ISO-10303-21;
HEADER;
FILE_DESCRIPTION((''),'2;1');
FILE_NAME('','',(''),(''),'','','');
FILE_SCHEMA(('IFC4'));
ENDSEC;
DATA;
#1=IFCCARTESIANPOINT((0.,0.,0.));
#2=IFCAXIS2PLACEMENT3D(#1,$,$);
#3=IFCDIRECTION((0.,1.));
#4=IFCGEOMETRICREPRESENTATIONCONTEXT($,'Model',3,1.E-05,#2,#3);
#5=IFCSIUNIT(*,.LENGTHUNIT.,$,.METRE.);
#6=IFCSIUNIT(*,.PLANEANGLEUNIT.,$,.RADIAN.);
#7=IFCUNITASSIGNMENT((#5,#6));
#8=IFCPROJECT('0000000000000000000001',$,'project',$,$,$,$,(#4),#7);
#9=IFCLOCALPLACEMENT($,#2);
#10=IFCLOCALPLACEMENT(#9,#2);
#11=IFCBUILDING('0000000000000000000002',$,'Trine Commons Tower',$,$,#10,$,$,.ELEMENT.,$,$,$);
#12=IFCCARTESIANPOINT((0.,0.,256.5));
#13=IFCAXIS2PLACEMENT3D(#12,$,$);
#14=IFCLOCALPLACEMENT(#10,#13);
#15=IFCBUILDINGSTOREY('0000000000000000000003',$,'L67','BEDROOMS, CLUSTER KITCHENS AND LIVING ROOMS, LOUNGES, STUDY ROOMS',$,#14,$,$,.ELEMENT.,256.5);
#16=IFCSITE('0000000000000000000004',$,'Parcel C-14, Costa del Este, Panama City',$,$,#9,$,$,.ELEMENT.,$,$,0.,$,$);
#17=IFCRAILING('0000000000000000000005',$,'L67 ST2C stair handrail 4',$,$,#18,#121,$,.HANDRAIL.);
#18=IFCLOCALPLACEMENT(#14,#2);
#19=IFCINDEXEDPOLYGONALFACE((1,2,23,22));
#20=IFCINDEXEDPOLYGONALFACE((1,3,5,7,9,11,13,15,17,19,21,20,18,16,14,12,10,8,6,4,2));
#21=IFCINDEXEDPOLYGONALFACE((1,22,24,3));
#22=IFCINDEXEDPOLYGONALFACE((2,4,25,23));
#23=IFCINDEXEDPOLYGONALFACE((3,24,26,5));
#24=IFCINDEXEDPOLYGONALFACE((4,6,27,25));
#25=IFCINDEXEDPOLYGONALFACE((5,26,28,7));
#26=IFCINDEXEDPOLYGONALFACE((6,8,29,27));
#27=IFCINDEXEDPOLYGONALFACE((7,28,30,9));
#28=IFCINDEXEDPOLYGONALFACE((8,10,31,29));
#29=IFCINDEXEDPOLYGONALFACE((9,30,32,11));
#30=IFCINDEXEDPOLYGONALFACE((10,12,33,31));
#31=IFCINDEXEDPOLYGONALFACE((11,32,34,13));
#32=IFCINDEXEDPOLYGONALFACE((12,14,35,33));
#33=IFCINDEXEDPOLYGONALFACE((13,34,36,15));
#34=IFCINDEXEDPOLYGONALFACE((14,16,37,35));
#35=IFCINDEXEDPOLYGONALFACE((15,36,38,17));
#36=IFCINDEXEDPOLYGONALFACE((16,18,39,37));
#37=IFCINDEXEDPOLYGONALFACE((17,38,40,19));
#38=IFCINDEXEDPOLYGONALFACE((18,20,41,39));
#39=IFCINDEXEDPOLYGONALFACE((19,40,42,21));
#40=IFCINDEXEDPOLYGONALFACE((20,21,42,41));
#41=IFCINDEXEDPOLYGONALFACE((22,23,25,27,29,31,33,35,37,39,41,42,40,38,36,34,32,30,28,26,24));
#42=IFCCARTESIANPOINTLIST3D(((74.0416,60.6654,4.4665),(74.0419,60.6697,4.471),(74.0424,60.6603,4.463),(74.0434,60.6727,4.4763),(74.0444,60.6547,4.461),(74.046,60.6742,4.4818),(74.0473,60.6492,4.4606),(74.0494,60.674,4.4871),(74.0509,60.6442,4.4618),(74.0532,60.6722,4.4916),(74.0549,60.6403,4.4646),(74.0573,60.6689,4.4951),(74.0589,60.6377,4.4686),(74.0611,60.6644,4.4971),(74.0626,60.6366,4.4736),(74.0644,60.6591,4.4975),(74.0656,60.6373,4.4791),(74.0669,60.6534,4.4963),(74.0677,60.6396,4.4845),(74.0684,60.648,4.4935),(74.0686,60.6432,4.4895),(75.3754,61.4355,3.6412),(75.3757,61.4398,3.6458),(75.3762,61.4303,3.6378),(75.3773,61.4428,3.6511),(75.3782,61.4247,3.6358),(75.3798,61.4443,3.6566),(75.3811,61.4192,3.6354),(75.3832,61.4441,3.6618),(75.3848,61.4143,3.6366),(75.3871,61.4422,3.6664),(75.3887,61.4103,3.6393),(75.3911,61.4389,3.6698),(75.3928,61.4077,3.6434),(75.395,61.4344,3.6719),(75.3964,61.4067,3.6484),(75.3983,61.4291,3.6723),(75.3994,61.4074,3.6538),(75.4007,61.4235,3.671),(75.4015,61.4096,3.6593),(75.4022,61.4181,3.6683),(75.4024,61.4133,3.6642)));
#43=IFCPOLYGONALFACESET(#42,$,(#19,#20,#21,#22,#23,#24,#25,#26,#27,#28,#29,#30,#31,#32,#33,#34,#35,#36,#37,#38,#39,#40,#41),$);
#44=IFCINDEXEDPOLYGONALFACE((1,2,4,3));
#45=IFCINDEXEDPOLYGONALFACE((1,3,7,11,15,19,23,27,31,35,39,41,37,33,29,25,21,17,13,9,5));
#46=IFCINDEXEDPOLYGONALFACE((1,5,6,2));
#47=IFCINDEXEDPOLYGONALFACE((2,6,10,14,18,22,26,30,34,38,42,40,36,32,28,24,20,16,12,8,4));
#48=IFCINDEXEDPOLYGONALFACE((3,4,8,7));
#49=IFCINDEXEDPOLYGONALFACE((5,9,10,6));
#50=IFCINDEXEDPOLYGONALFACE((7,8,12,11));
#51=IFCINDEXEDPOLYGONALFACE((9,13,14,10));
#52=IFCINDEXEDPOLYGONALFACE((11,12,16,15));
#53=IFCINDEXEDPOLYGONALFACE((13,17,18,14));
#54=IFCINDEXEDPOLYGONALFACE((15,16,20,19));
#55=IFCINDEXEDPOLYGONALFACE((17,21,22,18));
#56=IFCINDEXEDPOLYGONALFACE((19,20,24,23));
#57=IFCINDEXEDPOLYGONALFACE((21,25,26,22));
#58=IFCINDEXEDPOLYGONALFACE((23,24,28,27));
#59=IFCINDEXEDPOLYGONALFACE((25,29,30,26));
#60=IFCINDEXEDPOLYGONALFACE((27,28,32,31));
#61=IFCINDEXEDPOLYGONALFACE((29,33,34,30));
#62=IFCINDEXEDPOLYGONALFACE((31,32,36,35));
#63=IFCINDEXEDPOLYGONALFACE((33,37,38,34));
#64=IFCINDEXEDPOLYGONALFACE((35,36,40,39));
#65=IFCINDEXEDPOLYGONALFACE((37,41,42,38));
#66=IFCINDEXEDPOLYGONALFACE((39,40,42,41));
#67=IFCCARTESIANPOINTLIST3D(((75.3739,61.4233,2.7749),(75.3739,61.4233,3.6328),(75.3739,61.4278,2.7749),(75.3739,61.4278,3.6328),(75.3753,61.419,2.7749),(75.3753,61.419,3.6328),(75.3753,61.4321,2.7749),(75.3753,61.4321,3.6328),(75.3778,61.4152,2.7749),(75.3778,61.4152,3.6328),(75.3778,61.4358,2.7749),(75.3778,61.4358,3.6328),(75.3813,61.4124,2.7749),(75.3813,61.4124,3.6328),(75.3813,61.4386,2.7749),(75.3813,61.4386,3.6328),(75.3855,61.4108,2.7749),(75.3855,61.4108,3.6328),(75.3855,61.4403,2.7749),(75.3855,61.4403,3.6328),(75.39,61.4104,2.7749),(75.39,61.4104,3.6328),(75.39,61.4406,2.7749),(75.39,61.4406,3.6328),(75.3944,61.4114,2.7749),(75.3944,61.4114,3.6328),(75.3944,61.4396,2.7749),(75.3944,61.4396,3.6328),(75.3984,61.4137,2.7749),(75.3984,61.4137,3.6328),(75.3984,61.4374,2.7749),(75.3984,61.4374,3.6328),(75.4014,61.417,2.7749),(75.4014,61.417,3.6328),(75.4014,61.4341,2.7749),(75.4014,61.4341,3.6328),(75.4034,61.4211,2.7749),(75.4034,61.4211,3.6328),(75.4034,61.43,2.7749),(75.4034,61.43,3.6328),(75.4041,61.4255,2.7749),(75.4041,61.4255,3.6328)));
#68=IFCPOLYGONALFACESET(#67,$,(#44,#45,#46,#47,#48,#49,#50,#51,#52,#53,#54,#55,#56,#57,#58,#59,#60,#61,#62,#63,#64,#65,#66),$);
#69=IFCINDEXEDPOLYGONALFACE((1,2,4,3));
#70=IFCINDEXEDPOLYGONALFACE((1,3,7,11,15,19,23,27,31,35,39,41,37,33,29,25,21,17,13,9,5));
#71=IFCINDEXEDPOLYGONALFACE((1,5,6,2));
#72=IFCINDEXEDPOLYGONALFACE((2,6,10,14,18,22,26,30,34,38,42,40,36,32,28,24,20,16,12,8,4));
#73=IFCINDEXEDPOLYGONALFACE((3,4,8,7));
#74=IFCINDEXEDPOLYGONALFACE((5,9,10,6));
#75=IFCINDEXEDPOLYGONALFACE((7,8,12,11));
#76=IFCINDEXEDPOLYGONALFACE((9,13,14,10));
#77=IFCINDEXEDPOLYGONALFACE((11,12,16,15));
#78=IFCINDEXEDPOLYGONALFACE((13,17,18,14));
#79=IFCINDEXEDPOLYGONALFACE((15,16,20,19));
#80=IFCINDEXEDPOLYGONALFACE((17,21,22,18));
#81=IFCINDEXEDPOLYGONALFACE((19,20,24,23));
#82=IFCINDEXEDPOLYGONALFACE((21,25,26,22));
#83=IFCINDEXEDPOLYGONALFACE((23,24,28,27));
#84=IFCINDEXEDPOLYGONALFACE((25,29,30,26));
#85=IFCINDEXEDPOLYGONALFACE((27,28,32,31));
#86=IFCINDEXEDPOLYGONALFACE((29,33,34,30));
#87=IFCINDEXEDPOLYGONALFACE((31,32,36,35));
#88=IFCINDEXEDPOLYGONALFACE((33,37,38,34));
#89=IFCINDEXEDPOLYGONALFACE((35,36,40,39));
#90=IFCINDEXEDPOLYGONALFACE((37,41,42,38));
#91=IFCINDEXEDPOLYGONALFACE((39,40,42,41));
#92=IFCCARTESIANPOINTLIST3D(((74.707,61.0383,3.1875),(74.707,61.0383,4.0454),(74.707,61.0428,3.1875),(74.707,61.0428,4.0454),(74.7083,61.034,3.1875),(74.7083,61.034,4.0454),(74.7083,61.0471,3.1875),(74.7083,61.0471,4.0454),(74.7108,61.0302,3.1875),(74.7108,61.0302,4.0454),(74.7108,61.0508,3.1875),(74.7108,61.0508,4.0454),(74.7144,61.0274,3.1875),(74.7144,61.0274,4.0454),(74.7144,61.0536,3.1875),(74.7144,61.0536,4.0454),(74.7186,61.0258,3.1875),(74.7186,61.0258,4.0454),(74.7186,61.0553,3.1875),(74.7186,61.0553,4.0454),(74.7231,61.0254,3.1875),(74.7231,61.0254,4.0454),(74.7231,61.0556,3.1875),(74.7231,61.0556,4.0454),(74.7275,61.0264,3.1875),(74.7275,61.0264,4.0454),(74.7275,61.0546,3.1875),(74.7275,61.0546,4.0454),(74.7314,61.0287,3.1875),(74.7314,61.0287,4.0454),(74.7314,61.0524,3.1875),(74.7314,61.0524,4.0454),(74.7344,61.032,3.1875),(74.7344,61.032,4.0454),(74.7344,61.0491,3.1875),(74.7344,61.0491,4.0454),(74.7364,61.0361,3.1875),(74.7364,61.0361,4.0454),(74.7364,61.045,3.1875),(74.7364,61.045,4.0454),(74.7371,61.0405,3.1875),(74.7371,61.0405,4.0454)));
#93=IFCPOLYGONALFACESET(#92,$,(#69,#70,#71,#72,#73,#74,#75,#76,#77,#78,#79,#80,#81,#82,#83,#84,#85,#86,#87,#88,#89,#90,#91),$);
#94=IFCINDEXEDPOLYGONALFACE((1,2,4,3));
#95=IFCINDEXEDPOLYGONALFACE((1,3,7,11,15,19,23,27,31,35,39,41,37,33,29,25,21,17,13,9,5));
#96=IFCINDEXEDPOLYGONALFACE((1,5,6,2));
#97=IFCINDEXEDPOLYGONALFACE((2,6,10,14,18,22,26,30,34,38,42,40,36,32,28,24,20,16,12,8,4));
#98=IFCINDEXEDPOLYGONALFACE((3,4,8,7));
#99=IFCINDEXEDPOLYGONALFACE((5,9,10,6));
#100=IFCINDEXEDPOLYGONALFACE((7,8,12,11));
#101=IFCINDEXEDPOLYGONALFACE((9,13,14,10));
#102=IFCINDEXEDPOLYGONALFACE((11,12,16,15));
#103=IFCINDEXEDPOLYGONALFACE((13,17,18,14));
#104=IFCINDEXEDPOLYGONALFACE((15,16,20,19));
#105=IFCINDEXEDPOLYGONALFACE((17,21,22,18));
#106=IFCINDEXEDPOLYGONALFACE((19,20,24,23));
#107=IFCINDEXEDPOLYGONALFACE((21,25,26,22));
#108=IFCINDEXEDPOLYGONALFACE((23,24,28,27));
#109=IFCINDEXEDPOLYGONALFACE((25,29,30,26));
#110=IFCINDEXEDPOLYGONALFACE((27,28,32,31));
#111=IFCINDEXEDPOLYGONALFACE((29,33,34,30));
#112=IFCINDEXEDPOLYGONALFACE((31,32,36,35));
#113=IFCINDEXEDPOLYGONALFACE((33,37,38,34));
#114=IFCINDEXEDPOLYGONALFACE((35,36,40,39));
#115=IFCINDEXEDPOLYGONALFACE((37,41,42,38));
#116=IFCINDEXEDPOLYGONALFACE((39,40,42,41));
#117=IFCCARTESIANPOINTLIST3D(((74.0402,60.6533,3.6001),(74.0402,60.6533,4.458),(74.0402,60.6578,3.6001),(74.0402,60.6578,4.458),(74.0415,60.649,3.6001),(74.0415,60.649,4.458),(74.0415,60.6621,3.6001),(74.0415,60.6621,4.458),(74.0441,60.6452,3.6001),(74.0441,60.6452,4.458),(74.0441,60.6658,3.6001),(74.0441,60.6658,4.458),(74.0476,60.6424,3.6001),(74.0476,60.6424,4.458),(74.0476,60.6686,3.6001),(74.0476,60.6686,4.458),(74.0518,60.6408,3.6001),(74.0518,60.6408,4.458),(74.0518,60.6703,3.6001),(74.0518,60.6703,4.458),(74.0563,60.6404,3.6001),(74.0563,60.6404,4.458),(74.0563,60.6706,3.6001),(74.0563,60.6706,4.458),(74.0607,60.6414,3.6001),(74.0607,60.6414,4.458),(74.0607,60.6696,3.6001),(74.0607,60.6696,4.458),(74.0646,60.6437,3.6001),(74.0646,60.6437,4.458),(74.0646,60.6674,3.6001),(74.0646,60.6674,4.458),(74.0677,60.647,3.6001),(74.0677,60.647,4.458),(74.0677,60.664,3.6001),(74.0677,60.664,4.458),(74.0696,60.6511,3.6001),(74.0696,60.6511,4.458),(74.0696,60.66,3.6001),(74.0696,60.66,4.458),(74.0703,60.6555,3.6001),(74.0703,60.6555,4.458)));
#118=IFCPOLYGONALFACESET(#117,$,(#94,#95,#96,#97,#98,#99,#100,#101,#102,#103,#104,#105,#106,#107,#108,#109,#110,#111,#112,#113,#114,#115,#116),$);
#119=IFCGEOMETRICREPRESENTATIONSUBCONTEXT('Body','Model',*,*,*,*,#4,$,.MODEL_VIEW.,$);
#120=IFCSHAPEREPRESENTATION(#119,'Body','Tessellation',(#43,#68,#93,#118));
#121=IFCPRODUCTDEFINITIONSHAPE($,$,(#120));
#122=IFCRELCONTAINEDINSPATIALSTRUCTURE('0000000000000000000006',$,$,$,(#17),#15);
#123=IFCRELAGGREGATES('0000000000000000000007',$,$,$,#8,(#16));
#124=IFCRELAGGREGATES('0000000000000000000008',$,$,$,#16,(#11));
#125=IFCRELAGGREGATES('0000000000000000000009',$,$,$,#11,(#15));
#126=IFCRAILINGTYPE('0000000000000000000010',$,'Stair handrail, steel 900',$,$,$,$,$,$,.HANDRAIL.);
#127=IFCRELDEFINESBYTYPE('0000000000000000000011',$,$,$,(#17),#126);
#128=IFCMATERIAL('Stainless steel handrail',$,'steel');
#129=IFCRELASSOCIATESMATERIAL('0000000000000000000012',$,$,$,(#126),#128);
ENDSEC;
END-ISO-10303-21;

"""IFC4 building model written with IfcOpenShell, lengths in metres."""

from ifc_helpers import new_model, si_unit, direction, frame, origin, origin_2d, place, context, subcontext, project, spatial, circle, extrude, material, type_object, element, save


model = new_model("IFC4")

# Units and contexts
model_context = context("Model", 3, precision=1e-05, world=origin(), true_north=direction((0.0, 1.0)))
body_context = subcontext(model_context, "Body", "Model", "MODEL_VIEW")
ifc_project = project(units=[si_unit("LENGTHUNIT", "METRE"), si_unit("PLANEANGLEUNIT", "RADIAN")], contexts=[model_context])

# Site, building, storey
site_placement = place(None, origin())
site = spatial("IfcSite", under=ifc_project, at=site_placement, Name="Parcel C-14, Costa del Este, Panama City", CompositionType="ELEMENT", RefElevation=0.0)
building_placement = place(site_placement, origin())
building = spatial("IfcBuilding", under=site, at=building_placement, Name="Trine Commons Tower", CompositionType="ELEMENT")
storey_placement = place(building_placement, frame((0.0, 0.0, 256.5)))
storey = spatial("IfcBuildingStorey", under=building, at=storey_placement, Name="L67", Description="BEDROOMS, CLUSTER KITCHENS AND LIVING ROOMS, LOUNGES, STUDY ROOMS", CompositionType="ELEMENT", Elevation=256.5)

# Railing
ifc_material_1 = material(Name="Stainless steel handrail", Category="steel")
railing_type_1 = type_object("IfcRailingType", Name="Stair handrail, steel 900", PredefinedType="HANDRAIL", material=ifc_material_1)
railing_1_placement = place(storey_placement, frame((75.3889, 61.4255, 2.7749)))
element("IfcRailing", 1, at=railing_1_placement, inside=storey, type_object=railing_type_1, Name="L67 ST2C stair handrail 4", PredefinedType="HANDRAIL", context=body_context, shape_type="SweptSolid", body=[
    extrude(circle(Radius=0.021, at=origin_2d()), frame((0.0, 0.0, 0.8789), z_axis=(-0.763355, -0.440714, 0.472293), x_axis=(0.499992, -0.86603, 0.0)), (0.0, 0.0, 1.0), 1.7473),
    extrude(circle(Radius=0.0151, at=origin_2d()), origin(), (0.0, 0.0, 1.0), 0.8579),
    extrude(circle(Radius=0.0151, at=origin_2d()), frame((-0.667, -0.385, 0.4126)), (0.0, 0.0, 1.0), 0.8579),
    extrude(circle(Radius=0.0151, at=origin_2d()), frame((-1.3337, -0.77, 0.8252)), (0.0, 0.0, 1.0), 0.8579),
])

save(model, "model.ifc")
